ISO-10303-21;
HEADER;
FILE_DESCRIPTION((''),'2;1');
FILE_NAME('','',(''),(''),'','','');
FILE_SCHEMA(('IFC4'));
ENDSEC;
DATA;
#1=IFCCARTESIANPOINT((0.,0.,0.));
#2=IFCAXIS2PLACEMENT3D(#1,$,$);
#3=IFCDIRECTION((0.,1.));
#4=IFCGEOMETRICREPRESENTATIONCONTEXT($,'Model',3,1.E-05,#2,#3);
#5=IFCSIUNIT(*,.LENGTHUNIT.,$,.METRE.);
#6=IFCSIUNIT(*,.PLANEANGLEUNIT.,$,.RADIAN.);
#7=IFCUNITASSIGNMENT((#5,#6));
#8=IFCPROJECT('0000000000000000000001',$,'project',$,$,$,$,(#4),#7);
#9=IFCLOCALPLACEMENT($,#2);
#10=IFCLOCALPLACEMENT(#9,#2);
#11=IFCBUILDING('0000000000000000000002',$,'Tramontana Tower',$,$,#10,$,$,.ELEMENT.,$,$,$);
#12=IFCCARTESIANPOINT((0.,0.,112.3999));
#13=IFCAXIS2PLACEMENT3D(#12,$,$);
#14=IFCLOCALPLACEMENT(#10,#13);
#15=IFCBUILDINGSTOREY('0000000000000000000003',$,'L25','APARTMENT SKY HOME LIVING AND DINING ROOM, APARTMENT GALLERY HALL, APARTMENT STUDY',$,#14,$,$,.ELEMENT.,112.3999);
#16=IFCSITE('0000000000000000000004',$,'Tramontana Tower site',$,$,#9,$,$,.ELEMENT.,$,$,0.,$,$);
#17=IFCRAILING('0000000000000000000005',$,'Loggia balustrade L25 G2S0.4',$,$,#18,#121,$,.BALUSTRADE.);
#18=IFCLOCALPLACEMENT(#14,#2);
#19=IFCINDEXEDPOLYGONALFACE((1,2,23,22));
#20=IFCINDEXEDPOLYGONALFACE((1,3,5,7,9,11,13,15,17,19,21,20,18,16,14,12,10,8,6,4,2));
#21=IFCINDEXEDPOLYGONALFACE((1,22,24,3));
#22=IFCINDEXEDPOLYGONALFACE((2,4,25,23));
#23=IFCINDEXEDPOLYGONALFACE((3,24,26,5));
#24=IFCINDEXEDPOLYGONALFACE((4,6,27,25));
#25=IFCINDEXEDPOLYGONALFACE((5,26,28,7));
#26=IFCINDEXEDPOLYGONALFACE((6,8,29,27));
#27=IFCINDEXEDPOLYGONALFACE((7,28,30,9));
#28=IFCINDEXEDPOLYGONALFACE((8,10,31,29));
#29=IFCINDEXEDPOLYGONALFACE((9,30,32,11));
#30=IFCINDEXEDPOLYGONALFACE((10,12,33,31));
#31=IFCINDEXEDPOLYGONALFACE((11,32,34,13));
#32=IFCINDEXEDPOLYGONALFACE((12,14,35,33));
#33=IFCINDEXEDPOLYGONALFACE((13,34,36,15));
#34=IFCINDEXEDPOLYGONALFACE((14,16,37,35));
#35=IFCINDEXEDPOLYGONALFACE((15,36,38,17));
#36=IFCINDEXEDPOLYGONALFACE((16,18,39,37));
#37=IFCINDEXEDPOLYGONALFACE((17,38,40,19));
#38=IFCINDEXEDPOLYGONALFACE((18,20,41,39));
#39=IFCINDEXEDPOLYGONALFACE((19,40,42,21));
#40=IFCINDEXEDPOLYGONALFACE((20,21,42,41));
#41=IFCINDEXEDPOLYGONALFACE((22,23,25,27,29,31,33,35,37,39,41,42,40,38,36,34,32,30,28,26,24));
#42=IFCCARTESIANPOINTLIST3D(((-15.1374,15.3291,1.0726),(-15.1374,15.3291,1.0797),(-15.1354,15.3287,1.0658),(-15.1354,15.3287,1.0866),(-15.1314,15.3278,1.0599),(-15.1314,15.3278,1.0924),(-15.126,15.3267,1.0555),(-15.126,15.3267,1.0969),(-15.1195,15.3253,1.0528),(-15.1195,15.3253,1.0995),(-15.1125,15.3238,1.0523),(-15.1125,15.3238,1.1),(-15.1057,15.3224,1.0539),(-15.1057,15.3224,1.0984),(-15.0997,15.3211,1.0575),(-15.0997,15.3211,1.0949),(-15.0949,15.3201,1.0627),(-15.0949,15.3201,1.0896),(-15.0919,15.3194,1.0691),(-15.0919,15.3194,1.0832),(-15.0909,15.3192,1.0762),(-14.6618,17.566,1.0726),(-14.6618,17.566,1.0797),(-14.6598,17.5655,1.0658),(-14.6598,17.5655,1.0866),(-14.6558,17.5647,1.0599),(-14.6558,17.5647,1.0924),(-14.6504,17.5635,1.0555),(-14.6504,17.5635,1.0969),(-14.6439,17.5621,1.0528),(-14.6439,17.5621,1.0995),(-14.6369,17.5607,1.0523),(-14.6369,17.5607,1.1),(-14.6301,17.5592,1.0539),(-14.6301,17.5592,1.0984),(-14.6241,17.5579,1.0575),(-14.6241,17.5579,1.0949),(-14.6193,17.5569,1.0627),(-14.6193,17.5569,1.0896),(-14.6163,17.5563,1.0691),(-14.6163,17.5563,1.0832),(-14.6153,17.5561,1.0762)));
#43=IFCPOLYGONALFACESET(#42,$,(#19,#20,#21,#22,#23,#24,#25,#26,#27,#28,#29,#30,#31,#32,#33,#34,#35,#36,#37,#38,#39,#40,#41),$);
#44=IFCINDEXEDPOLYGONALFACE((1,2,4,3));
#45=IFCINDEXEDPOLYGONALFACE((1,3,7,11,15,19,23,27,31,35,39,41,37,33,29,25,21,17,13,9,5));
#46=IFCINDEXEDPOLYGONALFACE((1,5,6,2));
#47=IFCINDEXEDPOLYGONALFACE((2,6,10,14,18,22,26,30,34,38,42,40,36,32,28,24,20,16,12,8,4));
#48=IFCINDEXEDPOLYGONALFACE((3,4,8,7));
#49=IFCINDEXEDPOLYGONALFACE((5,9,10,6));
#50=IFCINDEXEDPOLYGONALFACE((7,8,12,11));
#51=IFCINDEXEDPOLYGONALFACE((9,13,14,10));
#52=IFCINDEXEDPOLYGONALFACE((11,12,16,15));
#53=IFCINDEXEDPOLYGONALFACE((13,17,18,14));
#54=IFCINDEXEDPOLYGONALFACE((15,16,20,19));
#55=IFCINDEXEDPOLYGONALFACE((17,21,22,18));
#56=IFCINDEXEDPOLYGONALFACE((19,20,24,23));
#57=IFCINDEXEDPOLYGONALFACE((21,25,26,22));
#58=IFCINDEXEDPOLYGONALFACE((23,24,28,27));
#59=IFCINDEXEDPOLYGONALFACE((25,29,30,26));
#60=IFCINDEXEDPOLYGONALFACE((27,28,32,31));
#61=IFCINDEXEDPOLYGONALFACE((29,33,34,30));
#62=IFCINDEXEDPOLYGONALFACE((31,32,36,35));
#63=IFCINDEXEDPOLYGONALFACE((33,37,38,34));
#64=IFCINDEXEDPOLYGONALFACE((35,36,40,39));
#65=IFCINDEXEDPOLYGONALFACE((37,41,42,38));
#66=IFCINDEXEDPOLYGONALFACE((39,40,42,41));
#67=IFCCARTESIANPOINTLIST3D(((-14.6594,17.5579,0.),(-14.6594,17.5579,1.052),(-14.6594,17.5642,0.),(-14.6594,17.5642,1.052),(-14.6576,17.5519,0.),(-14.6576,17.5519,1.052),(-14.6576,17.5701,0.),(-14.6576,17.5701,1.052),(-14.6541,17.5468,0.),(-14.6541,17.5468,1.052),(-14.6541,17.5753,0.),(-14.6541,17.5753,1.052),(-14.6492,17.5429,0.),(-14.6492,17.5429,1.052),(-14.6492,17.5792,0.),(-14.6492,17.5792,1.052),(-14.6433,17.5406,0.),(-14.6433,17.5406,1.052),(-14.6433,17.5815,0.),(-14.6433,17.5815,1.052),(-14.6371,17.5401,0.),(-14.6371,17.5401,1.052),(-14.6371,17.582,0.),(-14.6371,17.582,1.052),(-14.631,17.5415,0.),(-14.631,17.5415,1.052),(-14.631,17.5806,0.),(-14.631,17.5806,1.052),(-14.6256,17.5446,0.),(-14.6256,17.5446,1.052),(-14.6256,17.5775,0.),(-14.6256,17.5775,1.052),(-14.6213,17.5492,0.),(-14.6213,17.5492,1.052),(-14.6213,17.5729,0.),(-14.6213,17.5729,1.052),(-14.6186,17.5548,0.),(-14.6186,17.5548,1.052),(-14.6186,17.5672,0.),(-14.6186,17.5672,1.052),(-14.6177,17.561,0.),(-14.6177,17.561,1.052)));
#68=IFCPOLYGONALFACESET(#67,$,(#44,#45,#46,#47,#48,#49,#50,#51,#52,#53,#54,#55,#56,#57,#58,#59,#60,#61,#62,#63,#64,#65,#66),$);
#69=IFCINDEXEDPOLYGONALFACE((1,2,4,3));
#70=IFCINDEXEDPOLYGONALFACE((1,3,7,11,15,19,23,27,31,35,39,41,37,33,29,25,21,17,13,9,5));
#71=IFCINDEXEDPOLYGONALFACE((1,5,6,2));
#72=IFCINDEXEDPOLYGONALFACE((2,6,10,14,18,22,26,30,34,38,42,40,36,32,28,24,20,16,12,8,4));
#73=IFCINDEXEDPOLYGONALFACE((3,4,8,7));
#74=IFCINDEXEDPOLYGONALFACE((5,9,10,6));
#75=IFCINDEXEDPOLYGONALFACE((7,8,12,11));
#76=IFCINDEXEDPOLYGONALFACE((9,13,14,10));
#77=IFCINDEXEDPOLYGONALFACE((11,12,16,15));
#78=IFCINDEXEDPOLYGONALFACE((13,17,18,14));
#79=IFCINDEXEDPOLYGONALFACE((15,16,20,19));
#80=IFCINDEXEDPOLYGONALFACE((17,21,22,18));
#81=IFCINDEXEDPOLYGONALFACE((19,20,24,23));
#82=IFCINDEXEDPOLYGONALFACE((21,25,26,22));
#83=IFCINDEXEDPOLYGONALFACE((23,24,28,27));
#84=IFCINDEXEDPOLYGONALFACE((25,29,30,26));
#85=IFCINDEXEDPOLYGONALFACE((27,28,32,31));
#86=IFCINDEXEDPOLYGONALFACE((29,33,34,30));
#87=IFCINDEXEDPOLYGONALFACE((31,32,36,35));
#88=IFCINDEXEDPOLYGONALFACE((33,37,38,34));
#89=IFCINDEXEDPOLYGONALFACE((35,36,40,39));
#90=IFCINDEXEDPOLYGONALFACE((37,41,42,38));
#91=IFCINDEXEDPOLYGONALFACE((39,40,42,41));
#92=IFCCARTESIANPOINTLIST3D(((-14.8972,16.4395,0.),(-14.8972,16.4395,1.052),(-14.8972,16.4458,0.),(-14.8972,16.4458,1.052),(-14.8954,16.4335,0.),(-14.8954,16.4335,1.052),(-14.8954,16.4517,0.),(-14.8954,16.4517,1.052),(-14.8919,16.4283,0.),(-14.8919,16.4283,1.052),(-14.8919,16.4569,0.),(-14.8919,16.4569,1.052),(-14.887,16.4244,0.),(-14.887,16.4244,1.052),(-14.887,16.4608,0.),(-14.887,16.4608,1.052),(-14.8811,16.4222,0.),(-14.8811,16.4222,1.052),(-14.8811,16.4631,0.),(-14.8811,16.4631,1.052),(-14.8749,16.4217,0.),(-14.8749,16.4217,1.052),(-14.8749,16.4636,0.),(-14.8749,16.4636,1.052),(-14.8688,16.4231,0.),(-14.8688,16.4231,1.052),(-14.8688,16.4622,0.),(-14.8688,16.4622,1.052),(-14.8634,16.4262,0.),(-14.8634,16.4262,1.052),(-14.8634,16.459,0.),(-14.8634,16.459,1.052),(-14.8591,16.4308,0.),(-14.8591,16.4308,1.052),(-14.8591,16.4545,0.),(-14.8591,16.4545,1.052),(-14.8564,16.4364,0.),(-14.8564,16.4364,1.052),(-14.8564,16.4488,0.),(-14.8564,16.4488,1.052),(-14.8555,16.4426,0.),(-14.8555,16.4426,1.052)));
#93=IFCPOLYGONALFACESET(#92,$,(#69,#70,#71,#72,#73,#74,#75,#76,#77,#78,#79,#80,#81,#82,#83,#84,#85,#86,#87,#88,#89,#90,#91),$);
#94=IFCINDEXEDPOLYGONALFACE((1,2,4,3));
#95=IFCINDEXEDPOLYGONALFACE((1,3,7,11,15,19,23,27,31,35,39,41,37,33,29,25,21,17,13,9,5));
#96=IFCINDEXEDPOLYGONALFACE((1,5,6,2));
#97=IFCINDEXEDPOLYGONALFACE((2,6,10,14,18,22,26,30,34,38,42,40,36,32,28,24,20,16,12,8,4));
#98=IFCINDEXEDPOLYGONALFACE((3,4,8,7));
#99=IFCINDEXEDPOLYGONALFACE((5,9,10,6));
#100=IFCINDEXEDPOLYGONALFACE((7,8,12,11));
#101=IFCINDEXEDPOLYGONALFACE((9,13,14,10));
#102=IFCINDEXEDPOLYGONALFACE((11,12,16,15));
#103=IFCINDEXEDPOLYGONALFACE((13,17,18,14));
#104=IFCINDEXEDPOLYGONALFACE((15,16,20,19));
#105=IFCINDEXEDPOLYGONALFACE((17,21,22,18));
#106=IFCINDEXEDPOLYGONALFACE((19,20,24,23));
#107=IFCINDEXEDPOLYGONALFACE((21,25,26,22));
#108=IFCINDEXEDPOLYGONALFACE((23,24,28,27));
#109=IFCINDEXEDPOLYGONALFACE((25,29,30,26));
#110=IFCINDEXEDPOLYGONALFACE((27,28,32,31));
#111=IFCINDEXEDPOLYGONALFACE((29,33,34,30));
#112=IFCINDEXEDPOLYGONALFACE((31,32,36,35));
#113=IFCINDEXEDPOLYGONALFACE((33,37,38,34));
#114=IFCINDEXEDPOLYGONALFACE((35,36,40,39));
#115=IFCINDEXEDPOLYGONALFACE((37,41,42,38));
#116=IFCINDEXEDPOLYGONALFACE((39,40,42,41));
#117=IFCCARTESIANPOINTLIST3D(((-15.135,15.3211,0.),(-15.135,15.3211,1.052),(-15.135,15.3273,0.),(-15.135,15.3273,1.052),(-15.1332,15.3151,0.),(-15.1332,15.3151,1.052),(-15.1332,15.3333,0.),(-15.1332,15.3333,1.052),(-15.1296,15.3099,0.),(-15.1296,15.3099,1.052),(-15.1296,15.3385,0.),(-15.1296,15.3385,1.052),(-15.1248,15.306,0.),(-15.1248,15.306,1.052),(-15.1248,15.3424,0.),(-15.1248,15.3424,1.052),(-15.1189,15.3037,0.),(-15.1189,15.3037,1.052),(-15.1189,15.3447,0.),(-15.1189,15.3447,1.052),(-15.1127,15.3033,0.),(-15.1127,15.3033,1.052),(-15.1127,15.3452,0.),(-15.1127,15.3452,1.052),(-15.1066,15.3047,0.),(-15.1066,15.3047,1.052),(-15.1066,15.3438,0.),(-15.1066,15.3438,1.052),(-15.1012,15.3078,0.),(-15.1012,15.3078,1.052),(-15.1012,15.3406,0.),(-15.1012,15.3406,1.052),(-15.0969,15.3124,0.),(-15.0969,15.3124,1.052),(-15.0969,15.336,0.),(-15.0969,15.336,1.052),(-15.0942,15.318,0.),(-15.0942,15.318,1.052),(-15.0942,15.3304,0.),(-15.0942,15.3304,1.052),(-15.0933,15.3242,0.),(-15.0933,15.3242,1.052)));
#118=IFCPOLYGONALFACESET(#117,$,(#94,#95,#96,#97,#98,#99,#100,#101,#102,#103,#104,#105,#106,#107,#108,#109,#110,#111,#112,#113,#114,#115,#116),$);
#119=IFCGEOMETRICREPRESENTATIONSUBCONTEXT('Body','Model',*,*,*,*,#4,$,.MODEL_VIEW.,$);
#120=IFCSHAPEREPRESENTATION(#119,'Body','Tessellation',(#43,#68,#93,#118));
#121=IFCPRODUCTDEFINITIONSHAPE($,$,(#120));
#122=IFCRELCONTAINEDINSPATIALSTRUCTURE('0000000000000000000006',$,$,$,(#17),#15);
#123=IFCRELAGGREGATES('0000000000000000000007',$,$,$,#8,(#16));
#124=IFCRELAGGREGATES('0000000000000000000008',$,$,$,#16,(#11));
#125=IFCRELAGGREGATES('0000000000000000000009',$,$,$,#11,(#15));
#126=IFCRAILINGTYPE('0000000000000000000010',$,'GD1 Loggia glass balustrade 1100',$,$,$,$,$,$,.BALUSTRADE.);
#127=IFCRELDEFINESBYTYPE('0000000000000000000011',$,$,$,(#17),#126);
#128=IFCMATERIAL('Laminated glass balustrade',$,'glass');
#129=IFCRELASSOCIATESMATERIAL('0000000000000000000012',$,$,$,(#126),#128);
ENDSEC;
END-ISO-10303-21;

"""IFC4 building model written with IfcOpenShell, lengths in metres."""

from ifc_helpers import new_model, si_unit, direction, frame, origin, origin_2d, place, context, subcontext, project, spatial, circle, extrude, material, type_object, element, save


model = new_model("IFC4")

# Units and contexts
model_context = context("Model", 3, precision=1e-05, world=origin(), true_north=direction((0.0, 1.0)))
body_context = subcontext(model_context, "Body", "Model", "MODEL_VIEW")
ifc_project = project(units=[si_unit("LENGTHUNIT", "METRE"), si_unit("PLANEANGLEUNIT", "RADIAN")], contexts=[model_context])

# Site, building, storey
site_placement = place(None, origin())
site = spatial("IfcSite", under=ifc_project, at=site_placement, Name="Tramontana Tower site", CompositionType="ELEMENT", RefElevation=0.0)
building_placement = place(site_placement, origin())
building = spatial("IfcBuilding", under=site, at=building_placement, Name="Tramontana Tower", CompositionType="ELEMENT")
storey_placement = place(building_placement, frame((0.0, 0.0, 112.3999)))
storey = spatial("IfcBuildingStorey", under=building, at=storey_placement, Name="L25", Description="APARTMENT SKY HOME LIVING AND DINING ROOM, APARTMENT GALLERY HALL, APARTMENT STUDY", CompositionType="ELEMENT", Elevation=112.3999)

# Railing
ifc_material_1 = material(Name="Laminated glass balustrade", Category="glass")
railing_type = type_object("IfcRailingType", Name="GD1 Loggia glass balustrade 1100", PredefinedType="BALUSTRADE", material=ifc_material_1)
railing_placement = place(storey_placement, frame((-14.6387, 17.561, 0.0)))
element("IfcRailing", 1, at=railing_placement, inside=storey, type_object=railing_type, Name="Loggia balustrade L25 G2S0.4", PredefinedType="BALUSTRADE", context=body_context, shape_type="SweptSolid", body=[
    extrude(circle(Radius=0.0239, at=origin_2d()), frame((0.0, 0.0, 1.0762), z_axis=(-0.207969, -0.978136, 0.0), x_axis=(0.978136, -0.207969, 0.0)), (0.0, 0.0, 1.0), 2.2869),
    extrude(circle(Radius=0.021, at=origin_2d()), origin(), (0.0, 0.0, 1.0), 1.052),
    extrude(circle(Radius=0.021, at=origin_2d()), frame((-0.2378, -1.1184, 0.0)), (0.0, 0.0, 1.0), 1.052),
    extrude(circle(Radius=0.021, at=origin_2d()), frame((-0.4756, -2.2368, 0.0)), (0.0, 0.0, 1.0), 1.052),
])

save(model, "model.ifc")
